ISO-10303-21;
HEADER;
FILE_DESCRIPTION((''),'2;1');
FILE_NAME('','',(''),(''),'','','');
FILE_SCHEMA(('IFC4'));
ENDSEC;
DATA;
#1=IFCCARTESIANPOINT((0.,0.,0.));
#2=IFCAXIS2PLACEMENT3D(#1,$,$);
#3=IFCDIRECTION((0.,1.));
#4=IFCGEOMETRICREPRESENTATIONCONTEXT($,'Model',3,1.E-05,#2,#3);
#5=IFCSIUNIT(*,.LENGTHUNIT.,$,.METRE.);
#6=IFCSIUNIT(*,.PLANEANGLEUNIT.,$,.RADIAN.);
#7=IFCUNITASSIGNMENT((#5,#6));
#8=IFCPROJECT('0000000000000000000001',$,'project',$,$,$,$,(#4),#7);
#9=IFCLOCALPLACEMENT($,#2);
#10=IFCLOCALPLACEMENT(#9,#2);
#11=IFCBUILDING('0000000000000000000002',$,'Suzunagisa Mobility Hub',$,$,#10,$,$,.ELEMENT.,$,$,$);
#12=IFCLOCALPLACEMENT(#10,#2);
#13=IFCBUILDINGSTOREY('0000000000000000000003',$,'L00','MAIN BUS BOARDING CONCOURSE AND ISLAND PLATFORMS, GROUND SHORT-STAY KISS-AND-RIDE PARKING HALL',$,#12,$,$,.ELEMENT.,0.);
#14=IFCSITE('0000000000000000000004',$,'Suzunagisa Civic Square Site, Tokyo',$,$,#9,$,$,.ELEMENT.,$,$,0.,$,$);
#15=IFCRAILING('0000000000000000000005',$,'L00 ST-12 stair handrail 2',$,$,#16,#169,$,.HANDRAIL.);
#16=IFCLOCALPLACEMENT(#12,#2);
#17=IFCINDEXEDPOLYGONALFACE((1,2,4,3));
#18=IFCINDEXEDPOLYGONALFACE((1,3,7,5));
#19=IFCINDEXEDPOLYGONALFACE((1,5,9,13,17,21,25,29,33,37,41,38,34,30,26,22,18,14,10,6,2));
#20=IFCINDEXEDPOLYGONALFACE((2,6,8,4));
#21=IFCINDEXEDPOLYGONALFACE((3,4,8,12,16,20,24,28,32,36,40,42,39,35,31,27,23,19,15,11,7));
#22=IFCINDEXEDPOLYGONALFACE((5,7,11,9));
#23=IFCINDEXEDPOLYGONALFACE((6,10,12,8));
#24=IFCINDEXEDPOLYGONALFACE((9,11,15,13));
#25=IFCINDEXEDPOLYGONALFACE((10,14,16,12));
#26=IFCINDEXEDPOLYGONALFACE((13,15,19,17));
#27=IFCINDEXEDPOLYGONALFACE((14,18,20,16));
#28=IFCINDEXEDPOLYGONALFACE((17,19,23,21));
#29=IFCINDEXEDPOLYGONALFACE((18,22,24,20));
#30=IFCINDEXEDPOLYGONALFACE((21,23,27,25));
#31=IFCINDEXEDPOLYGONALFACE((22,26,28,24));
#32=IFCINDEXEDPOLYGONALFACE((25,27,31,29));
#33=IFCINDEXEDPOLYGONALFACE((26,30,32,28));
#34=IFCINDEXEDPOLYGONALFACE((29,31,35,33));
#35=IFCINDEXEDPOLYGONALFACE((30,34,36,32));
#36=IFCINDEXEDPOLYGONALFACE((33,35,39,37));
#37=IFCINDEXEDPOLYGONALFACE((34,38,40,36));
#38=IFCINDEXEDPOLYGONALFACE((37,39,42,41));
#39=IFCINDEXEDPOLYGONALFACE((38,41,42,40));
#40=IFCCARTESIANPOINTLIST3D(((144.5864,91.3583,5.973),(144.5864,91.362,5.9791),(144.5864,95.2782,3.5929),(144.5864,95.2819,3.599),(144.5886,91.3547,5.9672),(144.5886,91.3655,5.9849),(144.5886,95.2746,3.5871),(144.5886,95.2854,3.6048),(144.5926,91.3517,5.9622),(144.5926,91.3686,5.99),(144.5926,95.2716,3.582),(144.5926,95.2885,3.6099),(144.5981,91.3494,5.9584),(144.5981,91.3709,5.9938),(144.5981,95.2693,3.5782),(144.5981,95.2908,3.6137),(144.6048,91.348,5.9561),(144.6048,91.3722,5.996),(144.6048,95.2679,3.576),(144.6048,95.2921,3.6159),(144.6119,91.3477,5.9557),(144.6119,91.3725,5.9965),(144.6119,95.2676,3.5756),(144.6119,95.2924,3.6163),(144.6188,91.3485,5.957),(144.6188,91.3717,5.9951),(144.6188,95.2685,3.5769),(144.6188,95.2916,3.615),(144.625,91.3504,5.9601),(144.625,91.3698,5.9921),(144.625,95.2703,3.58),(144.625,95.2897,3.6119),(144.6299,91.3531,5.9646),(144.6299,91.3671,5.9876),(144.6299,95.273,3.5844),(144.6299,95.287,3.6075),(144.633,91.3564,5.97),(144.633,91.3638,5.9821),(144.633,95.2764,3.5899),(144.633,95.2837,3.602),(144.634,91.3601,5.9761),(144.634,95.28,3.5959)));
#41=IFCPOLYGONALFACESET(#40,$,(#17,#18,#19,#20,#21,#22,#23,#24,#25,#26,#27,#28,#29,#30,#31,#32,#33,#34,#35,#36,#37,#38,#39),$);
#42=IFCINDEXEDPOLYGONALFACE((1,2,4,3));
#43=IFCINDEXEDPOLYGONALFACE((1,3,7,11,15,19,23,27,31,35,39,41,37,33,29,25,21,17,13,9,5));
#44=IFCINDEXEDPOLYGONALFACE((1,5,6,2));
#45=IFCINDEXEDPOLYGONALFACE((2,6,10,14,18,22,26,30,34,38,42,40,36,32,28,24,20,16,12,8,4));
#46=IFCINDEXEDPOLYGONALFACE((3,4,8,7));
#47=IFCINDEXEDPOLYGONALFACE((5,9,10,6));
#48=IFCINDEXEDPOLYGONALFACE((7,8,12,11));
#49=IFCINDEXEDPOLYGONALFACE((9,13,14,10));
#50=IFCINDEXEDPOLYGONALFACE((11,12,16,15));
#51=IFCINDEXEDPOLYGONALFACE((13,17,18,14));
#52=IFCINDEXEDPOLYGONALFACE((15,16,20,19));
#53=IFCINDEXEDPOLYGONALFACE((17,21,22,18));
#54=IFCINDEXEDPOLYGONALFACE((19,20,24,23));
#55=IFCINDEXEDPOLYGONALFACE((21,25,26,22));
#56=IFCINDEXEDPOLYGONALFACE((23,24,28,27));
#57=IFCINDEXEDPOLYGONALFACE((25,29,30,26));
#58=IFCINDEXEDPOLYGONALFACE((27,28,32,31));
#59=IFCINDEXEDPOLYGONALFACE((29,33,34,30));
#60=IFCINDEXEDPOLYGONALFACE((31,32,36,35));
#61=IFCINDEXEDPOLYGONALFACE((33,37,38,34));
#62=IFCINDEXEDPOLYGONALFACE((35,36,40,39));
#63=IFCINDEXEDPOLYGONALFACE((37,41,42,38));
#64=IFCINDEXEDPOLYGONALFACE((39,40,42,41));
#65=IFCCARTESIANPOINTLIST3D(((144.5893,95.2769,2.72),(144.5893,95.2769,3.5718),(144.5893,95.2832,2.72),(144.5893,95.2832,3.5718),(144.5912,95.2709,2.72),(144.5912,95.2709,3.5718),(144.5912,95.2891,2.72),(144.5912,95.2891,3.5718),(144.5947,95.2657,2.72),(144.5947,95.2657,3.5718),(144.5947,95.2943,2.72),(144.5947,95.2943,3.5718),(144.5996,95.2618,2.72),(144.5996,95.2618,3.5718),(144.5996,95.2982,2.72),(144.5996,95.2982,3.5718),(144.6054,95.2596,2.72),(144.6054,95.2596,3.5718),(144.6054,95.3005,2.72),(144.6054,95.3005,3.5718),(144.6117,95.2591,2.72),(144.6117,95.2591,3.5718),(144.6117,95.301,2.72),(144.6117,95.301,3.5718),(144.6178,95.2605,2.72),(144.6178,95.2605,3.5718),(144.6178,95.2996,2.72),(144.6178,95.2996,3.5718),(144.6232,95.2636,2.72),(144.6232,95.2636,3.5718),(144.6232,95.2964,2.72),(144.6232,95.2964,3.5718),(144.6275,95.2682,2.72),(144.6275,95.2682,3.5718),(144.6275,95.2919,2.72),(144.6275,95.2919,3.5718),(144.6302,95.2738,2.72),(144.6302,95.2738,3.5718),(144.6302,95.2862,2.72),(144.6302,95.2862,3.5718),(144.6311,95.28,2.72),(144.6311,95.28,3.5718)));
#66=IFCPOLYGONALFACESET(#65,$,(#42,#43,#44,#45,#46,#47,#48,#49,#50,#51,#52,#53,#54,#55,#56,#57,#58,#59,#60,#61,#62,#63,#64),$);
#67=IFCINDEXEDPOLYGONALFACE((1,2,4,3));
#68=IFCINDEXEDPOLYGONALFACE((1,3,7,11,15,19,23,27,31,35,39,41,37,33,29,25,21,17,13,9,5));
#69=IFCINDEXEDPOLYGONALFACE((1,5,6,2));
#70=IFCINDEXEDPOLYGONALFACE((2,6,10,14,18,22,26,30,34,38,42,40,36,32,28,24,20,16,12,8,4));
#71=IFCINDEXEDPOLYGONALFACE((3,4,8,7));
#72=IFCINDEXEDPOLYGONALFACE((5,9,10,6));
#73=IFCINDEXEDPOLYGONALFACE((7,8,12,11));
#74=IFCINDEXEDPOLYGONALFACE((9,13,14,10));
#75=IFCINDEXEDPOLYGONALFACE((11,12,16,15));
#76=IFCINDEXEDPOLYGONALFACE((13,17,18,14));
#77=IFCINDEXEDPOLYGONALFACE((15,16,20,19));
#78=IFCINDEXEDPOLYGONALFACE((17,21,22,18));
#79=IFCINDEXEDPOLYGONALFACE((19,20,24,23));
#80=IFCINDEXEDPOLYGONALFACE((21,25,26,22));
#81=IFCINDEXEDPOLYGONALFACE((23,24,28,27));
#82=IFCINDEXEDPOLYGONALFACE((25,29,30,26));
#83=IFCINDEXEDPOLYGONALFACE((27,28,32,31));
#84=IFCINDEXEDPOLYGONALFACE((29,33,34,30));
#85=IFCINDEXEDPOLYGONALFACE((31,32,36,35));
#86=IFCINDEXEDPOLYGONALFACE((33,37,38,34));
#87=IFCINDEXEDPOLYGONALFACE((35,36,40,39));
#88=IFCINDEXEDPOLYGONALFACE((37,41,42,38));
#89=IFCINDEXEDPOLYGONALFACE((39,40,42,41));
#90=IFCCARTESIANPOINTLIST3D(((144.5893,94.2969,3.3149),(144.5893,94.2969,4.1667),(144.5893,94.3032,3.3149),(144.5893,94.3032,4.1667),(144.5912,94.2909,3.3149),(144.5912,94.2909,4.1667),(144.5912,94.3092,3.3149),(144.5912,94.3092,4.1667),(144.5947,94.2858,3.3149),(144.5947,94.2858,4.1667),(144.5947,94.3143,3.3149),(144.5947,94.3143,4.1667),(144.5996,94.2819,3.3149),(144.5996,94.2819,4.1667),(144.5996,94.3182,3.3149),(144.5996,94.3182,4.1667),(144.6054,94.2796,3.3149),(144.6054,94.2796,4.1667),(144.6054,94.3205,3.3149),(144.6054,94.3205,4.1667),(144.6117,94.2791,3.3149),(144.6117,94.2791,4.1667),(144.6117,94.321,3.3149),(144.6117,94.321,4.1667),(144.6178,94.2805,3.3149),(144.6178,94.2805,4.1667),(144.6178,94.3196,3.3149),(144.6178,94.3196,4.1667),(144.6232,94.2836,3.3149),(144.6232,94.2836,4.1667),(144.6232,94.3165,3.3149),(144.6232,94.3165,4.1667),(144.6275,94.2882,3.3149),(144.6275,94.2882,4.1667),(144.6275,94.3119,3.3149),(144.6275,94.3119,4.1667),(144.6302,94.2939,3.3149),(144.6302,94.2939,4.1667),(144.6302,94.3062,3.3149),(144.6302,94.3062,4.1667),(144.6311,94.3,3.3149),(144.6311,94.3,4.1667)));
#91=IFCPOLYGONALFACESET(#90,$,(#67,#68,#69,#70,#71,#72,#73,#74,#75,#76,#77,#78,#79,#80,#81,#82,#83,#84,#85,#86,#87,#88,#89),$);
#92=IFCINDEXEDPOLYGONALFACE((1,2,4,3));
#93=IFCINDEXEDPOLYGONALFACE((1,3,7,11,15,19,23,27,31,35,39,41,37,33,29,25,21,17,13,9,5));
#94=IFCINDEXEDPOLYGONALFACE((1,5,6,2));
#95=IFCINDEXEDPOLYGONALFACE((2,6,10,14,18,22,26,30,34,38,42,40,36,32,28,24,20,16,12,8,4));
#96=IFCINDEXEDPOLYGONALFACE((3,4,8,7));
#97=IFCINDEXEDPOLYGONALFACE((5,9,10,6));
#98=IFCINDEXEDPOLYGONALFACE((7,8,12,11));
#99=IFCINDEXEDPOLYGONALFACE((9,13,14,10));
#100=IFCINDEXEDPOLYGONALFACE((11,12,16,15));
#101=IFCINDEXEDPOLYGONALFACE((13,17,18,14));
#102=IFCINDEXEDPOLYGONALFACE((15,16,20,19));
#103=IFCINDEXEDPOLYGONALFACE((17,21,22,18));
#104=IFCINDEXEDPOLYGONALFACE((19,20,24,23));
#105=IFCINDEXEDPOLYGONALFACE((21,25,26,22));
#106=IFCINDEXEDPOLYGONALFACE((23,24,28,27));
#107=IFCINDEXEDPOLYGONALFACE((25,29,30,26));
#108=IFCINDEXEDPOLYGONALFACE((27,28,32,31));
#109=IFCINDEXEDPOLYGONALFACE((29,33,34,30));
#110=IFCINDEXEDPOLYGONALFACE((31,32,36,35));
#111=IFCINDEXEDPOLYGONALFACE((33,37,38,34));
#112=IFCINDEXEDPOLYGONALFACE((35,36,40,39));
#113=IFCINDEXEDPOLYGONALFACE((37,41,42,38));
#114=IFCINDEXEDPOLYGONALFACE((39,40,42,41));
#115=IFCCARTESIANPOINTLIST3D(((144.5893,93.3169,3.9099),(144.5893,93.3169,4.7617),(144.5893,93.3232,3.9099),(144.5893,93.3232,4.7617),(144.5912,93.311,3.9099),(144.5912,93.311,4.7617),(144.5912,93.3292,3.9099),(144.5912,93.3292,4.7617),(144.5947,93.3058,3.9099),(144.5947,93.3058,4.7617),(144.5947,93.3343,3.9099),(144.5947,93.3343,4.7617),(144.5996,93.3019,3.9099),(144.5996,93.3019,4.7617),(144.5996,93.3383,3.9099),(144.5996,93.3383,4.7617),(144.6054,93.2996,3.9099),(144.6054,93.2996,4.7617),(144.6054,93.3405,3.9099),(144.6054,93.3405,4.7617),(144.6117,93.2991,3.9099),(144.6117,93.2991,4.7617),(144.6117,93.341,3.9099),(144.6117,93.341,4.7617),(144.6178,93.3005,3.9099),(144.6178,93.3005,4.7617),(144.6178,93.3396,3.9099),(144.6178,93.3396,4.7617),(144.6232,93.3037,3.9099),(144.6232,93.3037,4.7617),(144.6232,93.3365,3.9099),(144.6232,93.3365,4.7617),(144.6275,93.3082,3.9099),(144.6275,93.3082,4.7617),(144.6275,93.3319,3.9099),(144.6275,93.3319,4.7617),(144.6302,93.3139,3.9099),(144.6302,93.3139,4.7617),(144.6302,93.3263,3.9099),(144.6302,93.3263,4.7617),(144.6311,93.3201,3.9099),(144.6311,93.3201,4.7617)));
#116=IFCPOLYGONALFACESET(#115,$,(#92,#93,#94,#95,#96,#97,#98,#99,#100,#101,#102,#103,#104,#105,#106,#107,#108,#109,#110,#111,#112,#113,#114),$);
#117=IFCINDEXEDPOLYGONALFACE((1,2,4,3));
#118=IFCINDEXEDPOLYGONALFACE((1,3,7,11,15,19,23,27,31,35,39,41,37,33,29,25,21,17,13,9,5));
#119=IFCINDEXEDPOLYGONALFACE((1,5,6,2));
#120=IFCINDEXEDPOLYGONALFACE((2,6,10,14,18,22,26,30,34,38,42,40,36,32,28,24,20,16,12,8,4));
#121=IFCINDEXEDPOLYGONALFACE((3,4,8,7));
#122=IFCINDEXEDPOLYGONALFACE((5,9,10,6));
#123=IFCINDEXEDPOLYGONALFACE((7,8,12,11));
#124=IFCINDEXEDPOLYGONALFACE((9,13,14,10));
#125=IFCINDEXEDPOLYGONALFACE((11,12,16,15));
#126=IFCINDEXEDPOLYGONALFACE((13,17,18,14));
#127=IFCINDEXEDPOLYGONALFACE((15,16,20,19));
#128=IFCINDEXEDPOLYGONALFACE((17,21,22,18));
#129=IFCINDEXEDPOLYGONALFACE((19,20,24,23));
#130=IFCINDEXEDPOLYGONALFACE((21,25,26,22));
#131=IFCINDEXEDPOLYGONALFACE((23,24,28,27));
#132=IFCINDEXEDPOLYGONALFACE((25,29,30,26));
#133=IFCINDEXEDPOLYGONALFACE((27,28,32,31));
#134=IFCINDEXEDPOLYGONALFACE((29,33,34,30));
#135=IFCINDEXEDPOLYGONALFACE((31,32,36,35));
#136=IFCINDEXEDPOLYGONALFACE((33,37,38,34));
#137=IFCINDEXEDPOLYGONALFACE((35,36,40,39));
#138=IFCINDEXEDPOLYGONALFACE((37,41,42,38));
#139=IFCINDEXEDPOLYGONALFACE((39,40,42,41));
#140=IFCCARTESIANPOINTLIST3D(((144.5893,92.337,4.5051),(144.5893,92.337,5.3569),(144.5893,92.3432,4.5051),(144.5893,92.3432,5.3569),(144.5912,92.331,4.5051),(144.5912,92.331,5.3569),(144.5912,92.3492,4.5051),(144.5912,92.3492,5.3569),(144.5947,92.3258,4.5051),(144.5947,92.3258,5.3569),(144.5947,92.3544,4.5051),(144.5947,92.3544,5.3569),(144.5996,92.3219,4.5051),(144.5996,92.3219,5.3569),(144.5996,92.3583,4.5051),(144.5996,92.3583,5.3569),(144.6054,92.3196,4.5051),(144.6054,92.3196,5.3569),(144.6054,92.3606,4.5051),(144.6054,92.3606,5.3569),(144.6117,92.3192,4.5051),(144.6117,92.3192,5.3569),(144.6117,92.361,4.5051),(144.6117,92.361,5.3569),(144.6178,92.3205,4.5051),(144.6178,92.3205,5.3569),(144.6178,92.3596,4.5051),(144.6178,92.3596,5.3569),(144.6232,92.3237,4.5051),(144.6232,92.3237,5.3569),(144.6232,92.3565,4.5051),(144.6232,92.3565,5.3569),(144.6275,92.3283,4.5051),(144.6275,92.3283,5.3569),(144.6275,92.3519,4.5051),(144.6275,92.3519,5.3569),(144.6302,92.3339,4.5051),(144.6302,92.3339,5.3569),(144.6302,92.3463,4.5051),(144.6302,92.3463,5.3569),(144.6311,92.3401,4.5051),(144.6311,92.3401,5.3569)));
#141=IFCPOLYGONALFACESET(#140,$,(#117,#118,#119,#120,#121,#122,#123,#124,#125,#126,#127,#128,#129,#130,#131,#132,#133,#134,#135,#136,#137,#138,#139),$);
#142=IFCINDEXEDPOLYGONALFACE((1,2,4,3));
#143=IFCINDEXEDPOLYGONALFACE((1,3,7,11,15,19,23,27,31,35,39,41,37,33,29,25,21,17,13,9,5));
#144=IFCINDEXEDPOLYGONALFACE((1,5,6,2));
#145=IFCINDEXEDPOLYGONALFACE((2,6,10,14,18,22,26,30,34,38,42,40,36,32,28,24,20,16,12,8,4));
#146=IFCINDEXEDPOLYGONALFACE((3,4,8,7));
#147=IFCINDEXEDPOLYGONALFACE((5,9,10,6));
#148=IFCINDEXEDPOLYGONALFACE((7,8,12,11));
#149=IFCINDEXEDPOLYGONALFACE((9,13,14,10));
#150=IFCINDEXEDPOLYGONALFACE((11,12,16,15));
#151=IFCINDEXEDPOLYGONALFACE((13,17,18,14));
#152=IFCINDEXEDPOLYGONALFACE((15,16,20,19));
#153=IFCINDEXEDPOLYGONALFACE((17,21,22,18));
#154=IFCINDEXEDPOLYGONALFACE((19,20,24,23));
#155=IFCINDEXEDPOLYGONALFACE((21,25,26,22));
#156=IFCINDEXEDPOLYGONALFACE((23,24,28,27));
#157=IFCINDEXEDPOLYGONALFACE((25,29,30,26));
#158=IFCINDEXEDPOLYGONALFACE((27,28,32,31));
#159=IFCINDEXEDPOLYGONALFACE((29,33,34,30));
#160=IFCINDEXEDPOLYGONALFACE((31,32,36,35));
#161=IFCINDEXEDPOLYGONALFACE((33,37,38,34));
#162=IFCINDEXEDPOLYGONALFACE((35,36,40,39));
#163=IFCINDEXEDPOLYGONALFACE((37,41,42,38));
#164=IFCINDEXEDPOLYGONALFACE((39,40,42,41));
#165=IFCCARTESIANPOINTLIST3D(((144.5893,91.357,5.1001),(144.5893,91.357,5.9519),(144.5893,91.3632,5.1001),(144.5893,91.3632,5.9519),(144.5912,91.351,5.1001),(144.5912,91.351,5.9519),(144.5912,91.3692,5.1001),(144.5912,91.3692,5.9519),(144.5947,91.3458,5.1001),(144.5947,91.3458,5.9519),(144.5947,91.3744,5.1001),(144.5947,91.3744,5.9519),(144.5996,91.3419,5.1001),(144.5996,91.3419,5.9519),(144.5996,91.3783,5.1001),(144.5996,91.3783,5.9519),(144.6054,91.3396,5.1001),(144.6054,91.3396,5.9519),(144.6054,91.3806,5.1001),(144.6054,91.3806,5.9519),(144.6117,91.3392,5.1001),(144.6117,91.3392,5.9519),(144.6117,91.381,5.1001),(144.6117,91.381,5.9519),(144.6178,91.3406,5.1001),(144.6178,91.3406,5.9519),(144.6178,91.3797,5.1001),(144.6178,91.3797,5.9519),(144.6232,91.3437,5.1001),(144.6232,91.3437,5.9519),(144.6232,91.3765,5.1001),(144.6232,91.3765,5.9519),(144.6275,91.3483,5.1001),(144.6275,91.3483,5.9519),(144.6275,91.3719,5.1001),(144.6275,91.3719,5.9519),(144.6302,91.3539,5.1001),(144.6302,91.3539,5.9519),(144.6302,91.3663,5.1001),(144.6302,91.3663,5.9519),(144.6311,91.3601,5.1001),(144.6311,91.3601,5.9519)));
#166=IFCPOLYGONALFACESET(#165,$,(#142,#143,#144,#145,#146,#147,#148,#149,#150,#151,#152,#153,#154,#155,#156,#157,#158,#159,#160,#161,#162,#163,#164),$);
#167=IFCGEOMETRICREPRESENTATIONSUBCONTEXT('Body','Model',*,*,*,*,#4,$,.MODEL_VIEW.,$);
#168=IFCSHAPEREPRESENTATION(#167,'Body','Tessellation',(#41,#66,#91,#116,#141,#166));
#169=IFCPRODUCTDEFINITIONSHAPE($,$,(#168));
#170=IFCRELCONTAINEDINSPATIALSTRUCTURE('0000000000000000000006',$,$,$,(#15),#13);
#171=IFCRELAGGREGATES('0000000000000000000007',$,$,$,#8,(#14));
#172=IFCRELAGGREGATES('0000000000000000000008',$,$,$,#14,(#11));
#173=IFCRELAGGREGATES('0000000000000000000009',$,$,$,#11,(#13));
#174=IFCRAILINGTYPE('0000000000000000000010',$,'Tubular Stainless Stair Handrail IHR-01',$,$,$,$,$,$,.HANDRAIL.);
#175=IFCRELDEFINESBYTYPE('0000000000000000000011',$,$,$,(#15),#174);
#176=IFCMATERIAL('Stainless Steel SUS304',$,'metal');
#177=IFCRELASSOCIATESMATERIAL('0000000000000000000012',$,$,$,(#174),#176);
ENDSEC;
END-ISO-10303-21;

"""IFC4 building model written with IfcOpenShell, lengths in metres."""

from ifc_helpers import new_model, si_unit, direction, frame, origin, origin_2d, place, context, subcontext, project, spatial, circle, extrude, material, type_object, element, save


model = new_model("IFC4")

# Units and contexts
model_context = context("Model", 3, precision=1e-05, world=origin(), true_north=direction((0.0, 1.0)))
body_context = subcontext(model_context, "Body", "Model", "MODEL_VIEW")
ifc_project = project(units=[si_unit("LENGTHUNIT", "METRE"), si_unit("PLANEANGLEUNIT", "RADIAN")], contexts=[model_context])

# Site, building, storey
site_placement = place(None, origin())
site = spatial("IfcSite", under=ifc_project, at=site_placement, Name="Suzunagisa Civic Square Site, Tokyo", CompositionType="ELEMENT", RefElevation=0.0)
building_placement = place(site_placement, origin())
building = spatial("IfcBuilding", under=site, at=building_placement, Name="Suzunagisa Mobility Hub", CompositionType="ELEMENT")
storey_placement = place(building_placement, origin())
storey = spatial("IfcBuildingStorey", under=building, at=storey_placement, Name="L00", Description="MAIN BUS BOARDING CONCOURSE AND ISLAND PLATFORMS, GROUND SHORT-STAY KISS-AND-RIDE PARKING HALL", CompositionType="ELEMENT", Elevation=0.0)

# Railing
ifc_material_1 = material(Name="Stainless Steel SUS304", Category="metal")
railing_type_1 = type_object("IfcRailingType", Name="Tubular Stainless Stair Handrail IHR-01", PredefinedType="HANDRAIL", material=ifc_material_1)
railing_1_placement = place(storey_placement, frame((144.6101, 95.28, 2.72)))
element("IfcRailing", 1, at=railing_1_placement, inside=storey, type_object=railing_type_1, Name="L00 ST-12 stair handrail 2", PredefinedType="HANDRAIL", context=body_context, shape_type="SweptSolid", body=[
    extrude(circle(Radius=0.0239, at=origin_2d()), frame((0.0, 0.0, 0.876), z_axis=(0.0, -0.854771, 0.519006), x_axis=(1.0, 0.0, 0.0)), (0.0, 0.0, 1.0), 4.5859),
    extrude(circle(Radius=0.021, at=origin_2d()), origin(), (0.0, 0.0, 1.0), 0.8518),
    extrude(circle(Radius=0.021, at=origin_2d()), frame((0.0, -0.98, 0.595)), (0.0, 0.0, 1.0), 0.8518),
    extrude(circle(Radius=0.021, at=origin_2d()), frame((0.0, -1.96, 1.1899)), (0.0, 0.0, 1.0), 0.8518),
    extrude(circle(Radius=0.021, at=origin_2d()), frame((0.0, -2.9399, 1.7852)), (0.0, 0.0, 1.0), 0.8518),
    extrude(circle(Radius=0.021, at=origin_2d()), frame((0.0, -3.9199, 2.3801)), (0.0, 0.0, 1.0), 0.8518),
])

save(model, "model.ifc")
